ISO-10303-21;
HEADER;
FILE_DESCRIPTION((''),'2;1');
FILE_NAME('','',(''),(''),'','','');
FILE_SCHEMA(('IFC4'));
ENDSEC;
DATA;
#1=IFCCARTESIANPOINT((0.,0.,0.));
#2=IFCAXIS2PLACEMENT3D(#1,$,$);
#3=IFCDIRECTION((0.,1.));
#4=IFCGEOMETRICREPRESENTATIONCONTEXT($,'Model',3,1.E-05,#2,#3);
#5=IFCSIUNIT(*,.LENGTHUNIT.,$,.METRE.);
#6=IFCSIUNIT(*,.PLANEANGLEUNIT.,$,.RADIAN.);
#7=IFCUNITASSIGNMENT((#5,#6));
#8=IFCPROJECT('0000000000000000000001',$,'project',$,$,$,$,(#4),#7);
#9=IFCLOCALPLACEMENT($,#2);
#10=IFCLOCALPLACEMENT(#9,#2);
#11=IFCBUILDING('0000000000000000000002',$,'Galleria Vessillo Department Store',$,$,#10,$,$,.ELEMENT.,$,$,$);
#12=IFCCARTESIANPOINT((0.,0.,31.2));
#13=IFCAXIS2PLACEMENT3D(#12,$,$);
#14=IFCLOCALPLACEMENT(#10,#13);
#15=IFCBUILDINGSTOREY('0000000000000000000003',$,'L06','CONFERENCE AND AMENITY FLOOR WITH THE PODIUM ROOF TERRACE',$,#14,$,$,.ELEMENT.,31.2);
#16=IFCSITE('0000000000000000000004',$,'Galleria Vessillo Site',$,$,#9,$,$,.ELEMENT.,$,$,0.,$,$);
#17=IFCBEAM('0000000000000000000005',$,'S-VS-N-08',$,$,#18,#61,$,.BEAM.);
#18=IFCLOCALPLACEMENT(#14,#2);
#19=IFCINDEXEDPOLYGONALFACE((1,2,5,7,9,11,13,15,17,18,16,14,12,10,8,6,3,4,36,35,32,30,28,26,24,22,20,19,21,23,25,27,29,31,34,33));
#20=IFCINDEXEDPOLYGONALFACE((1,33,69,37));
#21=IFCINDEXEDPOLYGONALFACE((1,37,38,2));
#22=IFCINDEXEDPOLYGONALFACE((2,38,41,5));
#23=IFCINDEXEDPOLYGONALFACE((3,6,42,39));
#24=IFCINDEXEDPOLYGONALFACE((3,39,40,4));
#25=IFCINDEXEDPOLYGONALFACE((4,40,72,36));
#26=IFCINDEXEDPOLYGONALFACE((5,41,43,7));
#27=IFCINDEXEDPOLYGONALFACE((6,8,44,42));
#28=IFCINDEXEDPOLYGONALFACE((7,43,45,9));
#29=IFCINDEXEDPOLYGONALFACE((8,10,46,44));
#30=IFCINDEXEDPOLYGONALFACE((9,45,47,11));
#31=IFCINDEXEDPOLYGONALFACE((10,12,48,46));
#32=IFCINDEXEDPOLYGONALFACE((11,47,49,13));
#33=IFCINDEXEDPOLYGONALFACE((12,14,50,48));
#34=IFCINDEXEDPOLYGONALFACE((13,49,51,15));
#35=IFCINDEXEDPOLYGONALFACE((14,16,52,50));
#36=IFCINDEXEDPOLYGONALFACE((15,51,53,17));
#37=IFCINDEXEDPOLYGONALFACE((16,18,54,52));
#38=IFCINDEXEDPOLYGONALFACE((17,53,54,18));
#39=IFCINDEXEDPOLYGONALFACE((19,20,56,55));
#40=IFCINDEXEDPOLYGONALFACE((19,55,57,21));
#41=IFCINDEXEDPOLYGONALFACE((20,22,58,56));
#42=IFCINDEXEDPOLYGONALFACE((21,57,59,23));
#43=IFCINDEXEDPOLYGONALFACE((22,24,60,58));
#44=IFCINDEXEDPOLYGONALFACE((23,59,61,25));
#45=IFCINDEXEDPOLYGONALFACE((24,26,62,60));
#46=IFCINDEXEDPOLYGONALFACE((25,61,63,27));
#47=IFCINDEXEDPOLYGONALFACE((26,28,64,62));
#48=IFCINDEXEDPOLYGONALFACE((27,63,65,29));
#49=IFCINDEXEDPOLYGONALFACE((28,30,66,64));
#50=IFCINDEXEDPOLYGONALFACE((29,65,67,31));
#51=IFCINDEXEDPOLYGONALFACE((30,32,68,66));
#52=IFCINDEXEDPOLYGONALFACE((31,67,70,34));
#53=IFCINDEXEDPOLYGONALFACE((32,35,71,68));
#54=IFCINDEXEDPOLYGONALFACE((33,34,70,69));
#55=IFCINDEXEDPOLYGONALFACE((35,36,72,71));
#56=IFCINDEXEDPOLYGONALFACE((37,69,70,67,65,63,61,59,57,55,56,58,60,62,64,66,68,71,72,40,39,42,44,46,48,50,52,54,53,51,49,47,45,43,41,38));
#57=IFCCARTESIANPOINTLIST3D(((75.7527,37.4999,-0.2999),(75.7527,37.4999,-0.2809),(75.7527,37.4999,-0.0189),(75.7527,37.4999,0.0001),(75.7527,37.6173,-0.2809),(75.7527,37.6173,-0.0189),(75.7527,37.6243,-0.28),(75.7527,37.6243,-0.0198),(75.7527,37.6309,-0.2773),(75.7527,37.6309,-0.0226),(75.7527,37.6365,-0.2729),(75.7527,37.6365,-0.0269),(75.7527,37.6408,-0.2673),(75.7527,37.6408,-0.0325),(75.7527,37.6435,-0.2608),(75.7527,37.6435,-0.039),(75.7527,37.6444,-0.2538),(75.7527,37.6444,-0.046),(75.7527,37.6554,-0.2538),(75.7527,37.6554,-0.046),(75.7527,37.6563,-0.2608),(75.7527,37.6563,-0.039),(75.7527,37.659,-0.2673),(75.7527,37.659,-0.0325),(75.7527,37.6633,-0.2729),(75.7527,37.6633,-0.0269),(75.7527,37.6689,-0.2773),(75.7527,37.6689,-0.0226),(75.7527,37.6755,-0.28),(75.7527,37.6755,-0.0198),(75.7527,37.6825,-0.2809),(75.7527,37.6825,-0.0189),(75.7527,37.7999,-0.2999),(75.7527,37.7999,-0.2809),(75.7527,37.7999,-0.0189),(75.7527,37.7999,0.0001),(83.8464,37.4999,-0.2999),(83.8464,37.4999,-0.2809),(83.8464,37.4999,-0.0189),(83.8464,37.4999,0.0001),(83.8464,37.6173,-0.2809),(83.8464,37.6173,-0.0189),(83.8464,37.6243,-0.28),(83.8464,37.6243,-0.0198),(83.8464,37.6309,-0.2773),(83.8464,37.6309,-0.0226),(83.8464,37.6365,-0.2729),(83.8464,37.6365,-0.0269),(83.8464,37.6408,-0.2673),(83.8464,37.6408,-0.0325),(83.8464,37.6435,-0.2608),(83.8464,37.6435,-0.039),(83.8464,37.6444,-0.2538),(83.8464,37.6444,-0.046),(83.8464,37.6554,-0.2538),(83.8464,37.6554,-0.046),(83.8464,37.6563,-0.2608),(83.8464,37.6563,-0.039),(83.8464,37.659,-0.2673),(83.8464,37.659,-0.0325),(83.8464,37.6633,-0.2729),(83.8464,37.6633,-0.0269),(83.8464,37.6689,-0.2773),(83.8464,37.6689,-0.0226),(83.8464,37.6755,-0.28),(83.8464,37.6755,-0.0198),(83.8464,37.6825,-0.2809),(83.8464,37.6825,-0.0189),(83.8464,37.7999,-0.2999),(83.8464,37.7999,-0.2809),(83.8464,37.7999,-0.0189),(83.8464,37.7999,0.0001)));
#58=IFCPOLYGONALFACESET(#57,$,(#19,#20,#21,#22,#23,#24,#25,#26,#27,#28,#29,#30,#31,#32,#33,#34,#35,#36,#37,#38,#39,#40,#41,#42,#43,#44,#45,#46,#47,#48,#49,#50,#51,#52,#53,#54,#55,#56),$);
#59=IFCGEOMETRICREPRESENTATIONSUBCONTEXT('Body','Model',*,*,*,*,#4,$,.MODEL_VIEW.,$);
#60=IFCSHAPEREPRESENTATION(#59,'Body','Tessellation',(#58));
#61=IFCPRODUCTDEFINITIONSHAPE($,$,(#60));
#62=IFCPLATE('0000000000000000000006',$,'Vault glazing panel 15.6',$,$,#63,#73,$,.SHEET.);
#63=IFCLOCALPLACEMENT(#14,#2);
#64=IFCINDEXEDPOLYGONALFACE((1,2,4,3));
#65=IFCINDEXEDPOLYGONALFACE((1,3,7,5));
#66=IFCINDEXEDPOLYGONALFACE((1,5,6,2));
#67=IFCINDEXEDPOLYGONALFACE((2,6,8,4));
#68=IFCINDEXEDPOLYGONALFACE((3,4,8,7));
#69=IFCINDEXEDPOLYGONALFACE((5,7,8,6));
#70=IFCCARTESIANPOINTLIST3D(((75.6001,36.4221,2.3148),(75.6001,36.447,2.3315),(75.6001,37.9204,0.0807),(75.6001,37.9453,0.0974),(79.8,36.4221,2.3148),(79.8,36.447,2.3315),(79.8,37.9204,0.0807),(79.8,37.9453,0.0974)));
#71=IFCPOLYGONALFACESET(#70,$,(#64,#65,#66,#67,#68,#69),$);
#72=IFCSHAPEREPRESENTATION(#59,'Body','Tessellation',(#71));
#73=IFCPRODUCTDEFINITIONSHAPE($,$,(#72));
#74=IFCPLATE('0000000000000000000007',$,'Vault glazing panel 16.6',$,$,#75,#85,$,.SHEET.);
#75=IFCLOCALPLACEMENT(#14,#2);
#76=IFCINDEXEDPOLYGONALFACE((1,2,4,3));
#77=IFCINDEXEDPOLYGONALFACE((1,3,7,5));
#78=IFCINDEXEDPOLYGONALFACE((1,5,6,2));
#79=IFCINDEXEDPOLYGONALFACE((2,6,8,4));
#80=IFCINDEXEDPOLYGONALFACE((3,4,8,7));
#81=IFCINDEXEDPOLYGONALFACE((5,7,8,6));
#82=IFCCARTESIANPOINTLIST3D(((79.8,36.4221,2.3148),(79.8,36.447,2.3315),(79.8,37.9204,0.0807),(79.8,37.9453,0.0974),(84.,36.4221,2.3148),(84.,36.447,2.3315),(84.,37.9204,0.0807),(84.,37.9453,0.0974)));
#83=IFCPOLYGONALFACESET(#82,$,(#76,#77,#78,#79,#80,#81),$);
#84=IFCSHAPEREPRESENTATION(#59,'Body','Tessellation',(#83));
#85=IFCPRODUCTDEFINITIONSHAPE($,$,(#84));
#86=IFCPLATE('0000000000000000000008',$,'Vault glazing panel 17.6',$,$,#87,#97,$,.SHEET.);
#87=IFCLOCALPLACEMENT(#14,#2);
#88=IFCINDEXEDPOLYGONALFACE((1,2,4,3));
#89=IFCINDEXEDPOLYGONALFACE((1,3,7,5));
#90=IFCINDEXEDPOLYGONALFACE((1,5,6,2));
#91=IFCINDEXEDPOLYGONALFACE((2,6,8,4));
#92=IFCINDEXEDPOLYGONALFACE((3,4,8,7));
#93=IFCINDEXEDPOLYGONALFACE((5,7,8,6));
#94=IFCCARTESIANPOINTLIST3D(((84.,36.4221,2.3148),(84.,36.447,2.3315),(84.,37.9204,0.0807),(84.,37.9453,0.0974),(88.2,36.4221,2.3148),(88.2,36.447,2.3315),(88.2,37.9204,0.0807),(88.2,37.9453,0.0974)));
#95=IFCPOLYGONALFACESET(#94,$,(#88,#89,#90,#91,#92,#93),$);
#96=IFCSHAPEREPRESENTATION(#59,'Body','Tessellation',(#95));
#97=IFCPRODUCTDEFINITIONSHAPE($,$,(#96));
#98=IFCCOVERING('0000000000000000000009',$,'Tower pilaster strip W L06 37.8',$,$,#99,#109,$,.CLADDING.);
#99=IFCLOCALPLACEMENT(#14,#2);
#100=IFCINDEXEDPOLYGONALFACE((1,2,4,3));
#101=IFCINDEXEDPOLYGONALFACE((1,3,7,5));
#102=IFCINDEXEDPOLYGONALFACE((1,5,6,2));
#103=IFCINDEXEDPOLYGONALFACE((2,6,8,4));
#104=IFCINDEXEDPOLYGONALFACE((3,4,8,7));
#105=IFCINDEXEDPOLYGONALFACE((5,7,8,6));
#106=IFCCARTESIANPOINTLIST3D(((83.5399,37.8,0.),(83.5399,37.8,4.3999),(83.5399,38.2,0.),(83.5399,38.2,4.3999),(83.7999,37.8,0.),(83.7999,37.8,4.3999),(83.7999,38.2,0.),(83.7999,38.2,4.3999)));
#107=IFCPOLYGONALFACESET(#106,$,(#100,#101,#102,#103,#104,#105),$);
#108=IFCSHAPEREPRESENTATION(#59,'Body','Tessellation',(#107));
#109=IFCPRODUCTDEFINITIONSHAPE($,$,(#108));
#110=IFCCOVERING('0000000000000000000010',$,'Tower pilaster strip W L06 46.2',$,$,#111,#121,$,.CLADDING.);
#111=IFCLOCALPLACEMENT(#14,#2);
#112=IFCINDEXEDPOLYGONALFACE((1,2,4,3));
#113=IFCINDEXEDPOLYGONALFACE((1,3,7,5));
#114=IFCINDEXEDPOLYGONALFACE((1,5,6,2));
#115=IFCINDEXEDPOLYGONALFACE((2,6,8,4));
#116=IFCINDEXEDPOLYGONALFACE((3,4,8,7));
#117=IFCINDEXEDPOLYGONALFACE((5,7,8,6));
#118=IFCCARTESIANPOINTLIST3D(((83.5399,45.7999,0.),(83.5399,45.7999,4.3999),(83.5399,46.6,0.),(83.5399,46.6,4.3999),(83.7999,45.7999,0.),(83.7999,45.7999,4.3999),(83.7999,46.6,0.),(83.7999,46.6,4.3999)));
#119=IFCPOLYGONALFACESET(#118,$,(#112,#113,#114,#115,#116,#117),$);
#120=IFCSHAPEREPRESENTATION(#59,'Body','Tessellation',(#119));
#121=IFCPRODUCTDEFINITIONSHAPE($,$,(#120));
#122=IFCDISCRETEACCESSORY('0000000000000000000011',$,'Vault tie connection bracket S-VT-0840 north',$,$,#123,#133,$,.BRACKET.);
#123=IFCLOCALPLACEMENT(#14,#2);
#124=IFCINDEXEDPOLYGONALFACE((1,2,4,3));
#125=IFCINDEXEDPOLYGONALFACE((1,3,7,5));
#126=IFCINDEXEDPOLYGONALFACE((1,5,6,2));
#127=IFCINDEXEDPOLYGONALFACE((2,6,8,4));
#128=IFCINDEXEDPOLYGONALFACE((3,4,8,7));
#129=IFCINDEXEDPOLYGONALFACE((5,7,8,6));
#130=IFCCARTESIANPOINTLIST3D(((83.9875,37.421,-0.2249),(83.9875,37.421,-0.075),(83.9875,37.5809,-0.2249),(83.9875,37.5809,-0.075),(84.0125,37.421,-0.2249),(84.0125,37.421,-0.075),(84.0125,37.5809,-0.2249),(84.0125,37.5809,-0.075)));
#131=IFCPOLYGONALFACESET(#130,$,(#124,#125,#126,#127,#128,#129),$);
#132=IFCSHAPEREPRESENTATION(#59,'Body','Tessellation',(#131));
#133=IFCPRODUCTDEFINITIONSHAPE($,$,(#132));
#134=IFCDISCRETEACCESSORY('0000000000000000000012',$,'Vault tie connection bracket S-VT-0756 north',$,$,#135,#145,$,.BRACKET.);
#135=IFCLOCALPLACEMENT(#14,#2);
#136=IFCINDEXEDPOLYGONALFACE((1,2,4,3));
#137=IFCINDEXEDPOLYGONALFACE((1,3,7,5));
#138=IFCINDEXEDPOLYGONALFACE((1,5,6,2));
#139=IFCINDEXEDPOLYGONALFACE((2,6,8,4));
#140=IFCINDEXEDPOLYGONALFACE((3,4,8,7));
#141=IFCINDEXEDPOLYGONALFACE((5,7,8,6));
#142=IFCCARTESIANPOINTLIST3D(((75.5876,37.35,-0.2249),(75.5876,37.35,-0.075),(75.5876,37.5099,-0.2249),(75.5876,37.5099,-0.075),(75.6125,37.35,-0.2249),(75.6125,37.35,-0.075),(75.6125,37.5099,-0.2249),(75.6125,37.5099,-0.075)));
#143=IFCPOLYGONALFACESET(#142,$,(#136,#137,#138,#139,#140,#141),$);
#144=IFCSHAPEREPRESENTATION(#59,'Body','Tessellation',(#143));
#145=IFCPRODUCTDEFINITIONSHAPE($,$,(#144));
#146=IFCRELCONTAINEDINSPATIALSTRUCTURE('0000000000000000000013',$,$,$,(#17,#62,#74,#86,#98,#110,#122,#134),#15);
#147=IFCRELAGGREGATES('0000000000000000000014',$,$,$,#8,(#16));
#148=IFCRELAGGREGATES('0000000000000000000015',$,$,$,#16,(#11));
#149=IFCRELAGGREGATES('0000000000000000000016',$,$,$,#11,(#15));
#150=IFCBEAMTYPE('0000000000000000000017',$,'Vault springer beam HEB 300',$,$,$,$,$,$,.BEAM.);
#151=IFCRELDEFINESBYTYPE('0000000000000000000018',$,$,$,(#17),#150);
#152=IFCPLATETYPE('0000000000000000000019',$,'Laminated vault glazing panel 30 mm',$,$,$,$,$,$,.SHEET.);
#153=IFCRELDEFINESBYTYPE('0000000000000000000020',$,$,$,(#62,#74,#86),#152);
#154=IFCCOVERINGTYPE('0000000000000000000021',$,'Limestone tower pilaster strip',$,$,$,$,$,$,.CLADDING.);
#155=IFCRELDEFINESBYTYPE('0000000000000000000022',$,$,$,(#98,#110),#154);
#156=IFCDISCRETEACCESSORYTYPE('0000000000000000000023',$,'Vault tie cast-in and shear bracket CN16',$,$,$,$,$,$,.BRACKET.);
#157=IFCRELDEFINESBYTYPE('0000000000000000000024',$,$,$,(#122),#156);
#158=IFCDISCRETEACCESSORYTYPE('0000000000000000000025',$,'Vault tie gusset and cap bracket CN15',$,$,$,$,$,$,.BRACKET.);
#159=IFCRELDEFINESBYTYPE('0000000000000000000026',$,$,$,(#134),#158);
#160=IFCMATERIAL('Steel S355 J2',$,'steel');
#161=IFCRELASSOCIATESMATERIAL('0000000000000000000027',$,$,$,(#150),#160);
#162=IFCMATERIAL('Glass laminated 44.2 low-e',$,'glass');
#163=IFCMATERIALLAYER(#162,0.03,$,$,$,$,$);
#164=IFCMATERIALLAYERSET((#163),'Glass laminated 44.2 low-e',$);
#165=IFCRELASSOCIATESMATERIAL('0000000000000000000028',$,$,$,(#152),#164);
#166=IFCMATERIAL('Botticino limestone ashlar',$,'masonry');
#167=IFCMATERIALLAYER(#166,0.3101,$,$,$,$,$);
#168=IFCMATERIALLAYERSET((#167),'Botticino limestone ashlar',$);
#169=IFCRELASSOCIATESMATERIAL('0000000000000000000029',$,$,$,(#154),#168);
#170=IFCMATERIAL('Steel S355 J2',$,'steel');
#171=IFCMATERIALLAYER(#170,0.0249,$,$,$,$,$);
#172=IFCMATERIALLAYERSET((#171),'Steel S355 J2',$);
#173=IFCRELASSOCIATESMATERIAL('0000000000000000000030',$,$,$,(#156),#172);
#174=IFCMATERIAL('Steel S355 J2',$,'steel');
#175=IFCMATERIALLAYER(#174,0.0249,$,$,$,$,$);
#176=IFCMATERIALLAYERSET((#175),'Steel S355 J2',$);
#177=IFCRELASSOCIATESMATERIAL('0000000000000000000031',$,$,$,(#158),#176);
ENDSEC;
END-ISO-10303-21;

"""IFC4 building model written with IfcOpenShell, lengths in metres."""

from ifc_helpers import new_model, si_unit, direction, frame, origin, origin_2d, place, context, subcontext, project, spatial, polyline, rectangle, i_section, outline, extrude, material, layer, layer_set, material_profile, profile_set, type_object, element, save


model = new_model("IFC4")

# Units and contexts
model_context = context("Model", 3, precision=1e-05, world=origin(), true_north=direction((0.0, 1.0)))
body_context = subcontext(model_context, "Body", "Model", "MODEL_VIEW")
ifc_project = project(units=[si_unit("LENGTHUNIT", "METRE"), si_unit("PLANEANGLEUNIT", "RADIAN")], contexts=[model_context])

# Site, building, storey
site_placement = place(None, origin())
site = spatial("IfcSite", under=ifc_project, at=site_placement, Name="Galleria Vessillo Site", CompositionType="ELEMENT", RefElevation=0.0)
building_placement = place(site_placement, origin())
building = spatial("IfcBuilding", under=site, at=building_placement, Name="Galleria Vessillo Department Store", CompositionType="ELEMENT")
storey_placement = place(building_placement, frame((0.0, 0.0, 31.2)))
storey = spatial("IfcBuildingStorey", under=building, at=storey_placement, Name="L06", Description="CONFERENCE AND AMENITY FLOOR WITH THE PODIUM ROOF TERRACE", CompositionType="ELEMENT", Elevation=31.2)

# Beam
ifc_material_1 = material(Name="Steel S355 J2", Category="steel")
ifc_material_profile_1 = material_profile(ifc_material_1, i_section(OverallWidth=0.3, OverallDepth=0.3, WebThickness=0.011, FlangeThickness=0.019, FilletRadius=0.0271, at=origin_2d()), Name="HEB 300")
ifc_profile_set_1 = profile_set([ifc_material_profile_1], Name="Steel S355 J2")
beam_type_1 = type_object("IfcBeamType", Name="Vault springer beam HEB 300", PredefinedType="BEAM", material=ifc_profile_set_1)
beam_1_placement = place(storey_placement, frame((75.7527, 37.6499, -0.1499), z_axis=(1.0, 0.0, 0.0), x_axis=(0.0, 1.0, 0.0)))
element("IfcBeam", 1, at=beam_1_placement, inside=storey, type_object=beam_type_1, Name="S-VS-N-08", PredefinedType="BEAM", context=body_context, shape_type="SweptSolid", body=[
    extrude(i_section(OverallWidth=0.3, OverallDepth=0.3, WebThickness=0.011, FlangeThickness=0.019, FilletRadius=0.0271, at=origin_2d()), origin(), (0.0, 0.0, 1.0), 8.0938),
])

# Plates
ifc_material_2 = material(Name="Glass laminated 44.2 low-e", Category="glass")
ifc_layer_1 = layer(ifc_material_2, 0.03)
ifc_layer_set_1 = layer_set([ifc_layer_1], Name="Glass laminated 44.2 low-e")
plate_type = type_object("IfcPlateType", Name="Laminated vault glazing panel 30 mm", PredefinedType="SHEET", material=ifc_layer_set_1)
for number, where, z_axis, x_axis, name in (
    (2, (75.6001, 36.447, 2.3315), (0.0, 0.830525, 0.556981), (1.0, 0.0, 0.0), "Vault glazing panel 15.6"),
    (3, (79.8, 36.447, 2.3315), (0.0, 0.830525, 0.556981), (1.0, 0.0, 0.0), "Vault glazing panel 16.6"),
    (4, (84.0, 36.447, 2.3315), (0.0, 0.830525, 0.556981), (1.0, 0.0, 0.0), "Vault glazing panel 17.6"),
):
    element("IfcPlate", number, at=place(storey_placement, frame(where, z_axis=z_axis, x_axis=x_axis)), inside=storey, type_object=plate_type, Name=name, PredefinedType="SHEET", context=body_context, shape_type="SweptSolid", body=[
        extrude(outline(polyline([(0.0, 0.0), (4.2, 0.0), (4.2, 2.69), (0.0, 2.69), (0.0, 0.0)])), origin(), (0.0, 0.0, -1.0), 0.03),
    ])

# Coverings
ifc_material_3 = material(Name="Botticino limestone ashlar", Category="masonry")
ifc_layer_2 = layer(ifc_material_3, 0.3101)
ifc_layer_set_2 = layer_set([ifc_layer_2], Name="Botticino limestone ashlar")
covering_type = type_object("IfcCoveringType", Name="Limestone tower pilaster strip", PredefinedType="CLADDING", material=ifc_layer_set_2)
covering_1_placement = place(storey_placement, frame((83.6699, 38.0, 0.0), z_axis=(0.0, 0.0, 1.0), x_axis=(1.0, 0.0, 0.0)))
element("IfcCovering", 5, at=covering_1_placement, inside=storey, type_object=covering_type, Name="Tower pilaster strip W L06 37.8", PredefinedType="CLADDING", context=body_context, shape_type="SweptSolid", body=[
    extrude(rectangle(XDim=0.26, YDim=0.3999, at=origin_2d()), origin(), (0.0, 0.0, 1.0), 4.3999),
])
covering_2_placement = place(storey_placement, frame((83.6699, 46.2, 0.0), z_axis=(0.0, 0.0, 1.0), x_axis=(1.0, 0.0, 0.0)))
element("IfcCovering", 6, at=covering_2_placement, inside=storey, type_object=covering_type, Name="Tower pilaster strip W L06 46.2", PredefinedType="CLADDING", context=body_context, shape_type="SweptSolid", body=[
    extrude(rectangle(XDim=0.26, YDim=0.8, at=origin_2d()), origin(), (0.0, 0.0, 1.0), 4.3999),
])

# Discrete accessories
ifc_material_4 = material(Name="Steel S355 J2", Category="steel")
ifc_layer_3 = layer(ifc_material_4, 0.0249)
ifc_layer_set_3 = layer_set([ifc_layer_3], Name="Steel S355 J2")
discrete_accessory_type_1 = type_object("IfcDiscreteAccessoryType", Name="Vault tie cast-in and shear bracket CN16", PredefinedType="BRACKET", material=ifc_layer_set_3)
discrete_accessory_1_placement = place(storey_placement, frame((84.0, 37.501, -0.2249), z_axis=(0.0, 0.0, 1.0), x_axis=(1.0, 0.0, 0.0)))
element("IfcDiscreteAccessory", 7, at=discrete_accessory_1_placement, inside=storey, type_object=discrete_accessory_type_1, Name="Vault tie connection bracket S-VT-0840 north", PredefinedType="BRACKET", context=body_context, shape_type="SweptSolid", body=[
    extrude(rectangle(XDim=0.0249, YDim=0.1599, at=origin_2d()), origin(), (0.0, 0.0, 1.0), 0.1499),
])
ifc_material_5 = material(Name="Steel S355 J2", Category="steel")
ifc_layer_4 = layer(ifc_material_5, 0.0249)
ifc_layer_set_4 = layer_set([ifc_layer_4], Name="Steel S355 J2")
discrete_accessory_type_2 = type_object("IfcDiscreteAccessoryType", Name="Vault tie gusset and cap bracket CN15", PredefinedType="BRACKET", material=ifc_layer_set_4)
discrete_accessory_2_placement = place(storey_placement, frame((75.6001, 37.4299, -0.2249), z_axis=(0.0, 0.0, 1.0), x_axis=(1.0, 0.0, 0.0)))
element("IfcDiscreteAccessory", 8, at=discrete_accessory_2_placement, inside=storey, type_object=discrete_accessory_type_2, Name="Vault tie connection bracket S-VT-0756 north", PredefinedType="BRACKET", context=body_context, shape_type="SweptSolid", body=[
    extrude(rectangle(XDim=0.0249, YDim=0.1599, at=origin_2d()), origin(), (0.0, 0.0, 1.0), 0.1499),
])

save(model, "model.ifc")
